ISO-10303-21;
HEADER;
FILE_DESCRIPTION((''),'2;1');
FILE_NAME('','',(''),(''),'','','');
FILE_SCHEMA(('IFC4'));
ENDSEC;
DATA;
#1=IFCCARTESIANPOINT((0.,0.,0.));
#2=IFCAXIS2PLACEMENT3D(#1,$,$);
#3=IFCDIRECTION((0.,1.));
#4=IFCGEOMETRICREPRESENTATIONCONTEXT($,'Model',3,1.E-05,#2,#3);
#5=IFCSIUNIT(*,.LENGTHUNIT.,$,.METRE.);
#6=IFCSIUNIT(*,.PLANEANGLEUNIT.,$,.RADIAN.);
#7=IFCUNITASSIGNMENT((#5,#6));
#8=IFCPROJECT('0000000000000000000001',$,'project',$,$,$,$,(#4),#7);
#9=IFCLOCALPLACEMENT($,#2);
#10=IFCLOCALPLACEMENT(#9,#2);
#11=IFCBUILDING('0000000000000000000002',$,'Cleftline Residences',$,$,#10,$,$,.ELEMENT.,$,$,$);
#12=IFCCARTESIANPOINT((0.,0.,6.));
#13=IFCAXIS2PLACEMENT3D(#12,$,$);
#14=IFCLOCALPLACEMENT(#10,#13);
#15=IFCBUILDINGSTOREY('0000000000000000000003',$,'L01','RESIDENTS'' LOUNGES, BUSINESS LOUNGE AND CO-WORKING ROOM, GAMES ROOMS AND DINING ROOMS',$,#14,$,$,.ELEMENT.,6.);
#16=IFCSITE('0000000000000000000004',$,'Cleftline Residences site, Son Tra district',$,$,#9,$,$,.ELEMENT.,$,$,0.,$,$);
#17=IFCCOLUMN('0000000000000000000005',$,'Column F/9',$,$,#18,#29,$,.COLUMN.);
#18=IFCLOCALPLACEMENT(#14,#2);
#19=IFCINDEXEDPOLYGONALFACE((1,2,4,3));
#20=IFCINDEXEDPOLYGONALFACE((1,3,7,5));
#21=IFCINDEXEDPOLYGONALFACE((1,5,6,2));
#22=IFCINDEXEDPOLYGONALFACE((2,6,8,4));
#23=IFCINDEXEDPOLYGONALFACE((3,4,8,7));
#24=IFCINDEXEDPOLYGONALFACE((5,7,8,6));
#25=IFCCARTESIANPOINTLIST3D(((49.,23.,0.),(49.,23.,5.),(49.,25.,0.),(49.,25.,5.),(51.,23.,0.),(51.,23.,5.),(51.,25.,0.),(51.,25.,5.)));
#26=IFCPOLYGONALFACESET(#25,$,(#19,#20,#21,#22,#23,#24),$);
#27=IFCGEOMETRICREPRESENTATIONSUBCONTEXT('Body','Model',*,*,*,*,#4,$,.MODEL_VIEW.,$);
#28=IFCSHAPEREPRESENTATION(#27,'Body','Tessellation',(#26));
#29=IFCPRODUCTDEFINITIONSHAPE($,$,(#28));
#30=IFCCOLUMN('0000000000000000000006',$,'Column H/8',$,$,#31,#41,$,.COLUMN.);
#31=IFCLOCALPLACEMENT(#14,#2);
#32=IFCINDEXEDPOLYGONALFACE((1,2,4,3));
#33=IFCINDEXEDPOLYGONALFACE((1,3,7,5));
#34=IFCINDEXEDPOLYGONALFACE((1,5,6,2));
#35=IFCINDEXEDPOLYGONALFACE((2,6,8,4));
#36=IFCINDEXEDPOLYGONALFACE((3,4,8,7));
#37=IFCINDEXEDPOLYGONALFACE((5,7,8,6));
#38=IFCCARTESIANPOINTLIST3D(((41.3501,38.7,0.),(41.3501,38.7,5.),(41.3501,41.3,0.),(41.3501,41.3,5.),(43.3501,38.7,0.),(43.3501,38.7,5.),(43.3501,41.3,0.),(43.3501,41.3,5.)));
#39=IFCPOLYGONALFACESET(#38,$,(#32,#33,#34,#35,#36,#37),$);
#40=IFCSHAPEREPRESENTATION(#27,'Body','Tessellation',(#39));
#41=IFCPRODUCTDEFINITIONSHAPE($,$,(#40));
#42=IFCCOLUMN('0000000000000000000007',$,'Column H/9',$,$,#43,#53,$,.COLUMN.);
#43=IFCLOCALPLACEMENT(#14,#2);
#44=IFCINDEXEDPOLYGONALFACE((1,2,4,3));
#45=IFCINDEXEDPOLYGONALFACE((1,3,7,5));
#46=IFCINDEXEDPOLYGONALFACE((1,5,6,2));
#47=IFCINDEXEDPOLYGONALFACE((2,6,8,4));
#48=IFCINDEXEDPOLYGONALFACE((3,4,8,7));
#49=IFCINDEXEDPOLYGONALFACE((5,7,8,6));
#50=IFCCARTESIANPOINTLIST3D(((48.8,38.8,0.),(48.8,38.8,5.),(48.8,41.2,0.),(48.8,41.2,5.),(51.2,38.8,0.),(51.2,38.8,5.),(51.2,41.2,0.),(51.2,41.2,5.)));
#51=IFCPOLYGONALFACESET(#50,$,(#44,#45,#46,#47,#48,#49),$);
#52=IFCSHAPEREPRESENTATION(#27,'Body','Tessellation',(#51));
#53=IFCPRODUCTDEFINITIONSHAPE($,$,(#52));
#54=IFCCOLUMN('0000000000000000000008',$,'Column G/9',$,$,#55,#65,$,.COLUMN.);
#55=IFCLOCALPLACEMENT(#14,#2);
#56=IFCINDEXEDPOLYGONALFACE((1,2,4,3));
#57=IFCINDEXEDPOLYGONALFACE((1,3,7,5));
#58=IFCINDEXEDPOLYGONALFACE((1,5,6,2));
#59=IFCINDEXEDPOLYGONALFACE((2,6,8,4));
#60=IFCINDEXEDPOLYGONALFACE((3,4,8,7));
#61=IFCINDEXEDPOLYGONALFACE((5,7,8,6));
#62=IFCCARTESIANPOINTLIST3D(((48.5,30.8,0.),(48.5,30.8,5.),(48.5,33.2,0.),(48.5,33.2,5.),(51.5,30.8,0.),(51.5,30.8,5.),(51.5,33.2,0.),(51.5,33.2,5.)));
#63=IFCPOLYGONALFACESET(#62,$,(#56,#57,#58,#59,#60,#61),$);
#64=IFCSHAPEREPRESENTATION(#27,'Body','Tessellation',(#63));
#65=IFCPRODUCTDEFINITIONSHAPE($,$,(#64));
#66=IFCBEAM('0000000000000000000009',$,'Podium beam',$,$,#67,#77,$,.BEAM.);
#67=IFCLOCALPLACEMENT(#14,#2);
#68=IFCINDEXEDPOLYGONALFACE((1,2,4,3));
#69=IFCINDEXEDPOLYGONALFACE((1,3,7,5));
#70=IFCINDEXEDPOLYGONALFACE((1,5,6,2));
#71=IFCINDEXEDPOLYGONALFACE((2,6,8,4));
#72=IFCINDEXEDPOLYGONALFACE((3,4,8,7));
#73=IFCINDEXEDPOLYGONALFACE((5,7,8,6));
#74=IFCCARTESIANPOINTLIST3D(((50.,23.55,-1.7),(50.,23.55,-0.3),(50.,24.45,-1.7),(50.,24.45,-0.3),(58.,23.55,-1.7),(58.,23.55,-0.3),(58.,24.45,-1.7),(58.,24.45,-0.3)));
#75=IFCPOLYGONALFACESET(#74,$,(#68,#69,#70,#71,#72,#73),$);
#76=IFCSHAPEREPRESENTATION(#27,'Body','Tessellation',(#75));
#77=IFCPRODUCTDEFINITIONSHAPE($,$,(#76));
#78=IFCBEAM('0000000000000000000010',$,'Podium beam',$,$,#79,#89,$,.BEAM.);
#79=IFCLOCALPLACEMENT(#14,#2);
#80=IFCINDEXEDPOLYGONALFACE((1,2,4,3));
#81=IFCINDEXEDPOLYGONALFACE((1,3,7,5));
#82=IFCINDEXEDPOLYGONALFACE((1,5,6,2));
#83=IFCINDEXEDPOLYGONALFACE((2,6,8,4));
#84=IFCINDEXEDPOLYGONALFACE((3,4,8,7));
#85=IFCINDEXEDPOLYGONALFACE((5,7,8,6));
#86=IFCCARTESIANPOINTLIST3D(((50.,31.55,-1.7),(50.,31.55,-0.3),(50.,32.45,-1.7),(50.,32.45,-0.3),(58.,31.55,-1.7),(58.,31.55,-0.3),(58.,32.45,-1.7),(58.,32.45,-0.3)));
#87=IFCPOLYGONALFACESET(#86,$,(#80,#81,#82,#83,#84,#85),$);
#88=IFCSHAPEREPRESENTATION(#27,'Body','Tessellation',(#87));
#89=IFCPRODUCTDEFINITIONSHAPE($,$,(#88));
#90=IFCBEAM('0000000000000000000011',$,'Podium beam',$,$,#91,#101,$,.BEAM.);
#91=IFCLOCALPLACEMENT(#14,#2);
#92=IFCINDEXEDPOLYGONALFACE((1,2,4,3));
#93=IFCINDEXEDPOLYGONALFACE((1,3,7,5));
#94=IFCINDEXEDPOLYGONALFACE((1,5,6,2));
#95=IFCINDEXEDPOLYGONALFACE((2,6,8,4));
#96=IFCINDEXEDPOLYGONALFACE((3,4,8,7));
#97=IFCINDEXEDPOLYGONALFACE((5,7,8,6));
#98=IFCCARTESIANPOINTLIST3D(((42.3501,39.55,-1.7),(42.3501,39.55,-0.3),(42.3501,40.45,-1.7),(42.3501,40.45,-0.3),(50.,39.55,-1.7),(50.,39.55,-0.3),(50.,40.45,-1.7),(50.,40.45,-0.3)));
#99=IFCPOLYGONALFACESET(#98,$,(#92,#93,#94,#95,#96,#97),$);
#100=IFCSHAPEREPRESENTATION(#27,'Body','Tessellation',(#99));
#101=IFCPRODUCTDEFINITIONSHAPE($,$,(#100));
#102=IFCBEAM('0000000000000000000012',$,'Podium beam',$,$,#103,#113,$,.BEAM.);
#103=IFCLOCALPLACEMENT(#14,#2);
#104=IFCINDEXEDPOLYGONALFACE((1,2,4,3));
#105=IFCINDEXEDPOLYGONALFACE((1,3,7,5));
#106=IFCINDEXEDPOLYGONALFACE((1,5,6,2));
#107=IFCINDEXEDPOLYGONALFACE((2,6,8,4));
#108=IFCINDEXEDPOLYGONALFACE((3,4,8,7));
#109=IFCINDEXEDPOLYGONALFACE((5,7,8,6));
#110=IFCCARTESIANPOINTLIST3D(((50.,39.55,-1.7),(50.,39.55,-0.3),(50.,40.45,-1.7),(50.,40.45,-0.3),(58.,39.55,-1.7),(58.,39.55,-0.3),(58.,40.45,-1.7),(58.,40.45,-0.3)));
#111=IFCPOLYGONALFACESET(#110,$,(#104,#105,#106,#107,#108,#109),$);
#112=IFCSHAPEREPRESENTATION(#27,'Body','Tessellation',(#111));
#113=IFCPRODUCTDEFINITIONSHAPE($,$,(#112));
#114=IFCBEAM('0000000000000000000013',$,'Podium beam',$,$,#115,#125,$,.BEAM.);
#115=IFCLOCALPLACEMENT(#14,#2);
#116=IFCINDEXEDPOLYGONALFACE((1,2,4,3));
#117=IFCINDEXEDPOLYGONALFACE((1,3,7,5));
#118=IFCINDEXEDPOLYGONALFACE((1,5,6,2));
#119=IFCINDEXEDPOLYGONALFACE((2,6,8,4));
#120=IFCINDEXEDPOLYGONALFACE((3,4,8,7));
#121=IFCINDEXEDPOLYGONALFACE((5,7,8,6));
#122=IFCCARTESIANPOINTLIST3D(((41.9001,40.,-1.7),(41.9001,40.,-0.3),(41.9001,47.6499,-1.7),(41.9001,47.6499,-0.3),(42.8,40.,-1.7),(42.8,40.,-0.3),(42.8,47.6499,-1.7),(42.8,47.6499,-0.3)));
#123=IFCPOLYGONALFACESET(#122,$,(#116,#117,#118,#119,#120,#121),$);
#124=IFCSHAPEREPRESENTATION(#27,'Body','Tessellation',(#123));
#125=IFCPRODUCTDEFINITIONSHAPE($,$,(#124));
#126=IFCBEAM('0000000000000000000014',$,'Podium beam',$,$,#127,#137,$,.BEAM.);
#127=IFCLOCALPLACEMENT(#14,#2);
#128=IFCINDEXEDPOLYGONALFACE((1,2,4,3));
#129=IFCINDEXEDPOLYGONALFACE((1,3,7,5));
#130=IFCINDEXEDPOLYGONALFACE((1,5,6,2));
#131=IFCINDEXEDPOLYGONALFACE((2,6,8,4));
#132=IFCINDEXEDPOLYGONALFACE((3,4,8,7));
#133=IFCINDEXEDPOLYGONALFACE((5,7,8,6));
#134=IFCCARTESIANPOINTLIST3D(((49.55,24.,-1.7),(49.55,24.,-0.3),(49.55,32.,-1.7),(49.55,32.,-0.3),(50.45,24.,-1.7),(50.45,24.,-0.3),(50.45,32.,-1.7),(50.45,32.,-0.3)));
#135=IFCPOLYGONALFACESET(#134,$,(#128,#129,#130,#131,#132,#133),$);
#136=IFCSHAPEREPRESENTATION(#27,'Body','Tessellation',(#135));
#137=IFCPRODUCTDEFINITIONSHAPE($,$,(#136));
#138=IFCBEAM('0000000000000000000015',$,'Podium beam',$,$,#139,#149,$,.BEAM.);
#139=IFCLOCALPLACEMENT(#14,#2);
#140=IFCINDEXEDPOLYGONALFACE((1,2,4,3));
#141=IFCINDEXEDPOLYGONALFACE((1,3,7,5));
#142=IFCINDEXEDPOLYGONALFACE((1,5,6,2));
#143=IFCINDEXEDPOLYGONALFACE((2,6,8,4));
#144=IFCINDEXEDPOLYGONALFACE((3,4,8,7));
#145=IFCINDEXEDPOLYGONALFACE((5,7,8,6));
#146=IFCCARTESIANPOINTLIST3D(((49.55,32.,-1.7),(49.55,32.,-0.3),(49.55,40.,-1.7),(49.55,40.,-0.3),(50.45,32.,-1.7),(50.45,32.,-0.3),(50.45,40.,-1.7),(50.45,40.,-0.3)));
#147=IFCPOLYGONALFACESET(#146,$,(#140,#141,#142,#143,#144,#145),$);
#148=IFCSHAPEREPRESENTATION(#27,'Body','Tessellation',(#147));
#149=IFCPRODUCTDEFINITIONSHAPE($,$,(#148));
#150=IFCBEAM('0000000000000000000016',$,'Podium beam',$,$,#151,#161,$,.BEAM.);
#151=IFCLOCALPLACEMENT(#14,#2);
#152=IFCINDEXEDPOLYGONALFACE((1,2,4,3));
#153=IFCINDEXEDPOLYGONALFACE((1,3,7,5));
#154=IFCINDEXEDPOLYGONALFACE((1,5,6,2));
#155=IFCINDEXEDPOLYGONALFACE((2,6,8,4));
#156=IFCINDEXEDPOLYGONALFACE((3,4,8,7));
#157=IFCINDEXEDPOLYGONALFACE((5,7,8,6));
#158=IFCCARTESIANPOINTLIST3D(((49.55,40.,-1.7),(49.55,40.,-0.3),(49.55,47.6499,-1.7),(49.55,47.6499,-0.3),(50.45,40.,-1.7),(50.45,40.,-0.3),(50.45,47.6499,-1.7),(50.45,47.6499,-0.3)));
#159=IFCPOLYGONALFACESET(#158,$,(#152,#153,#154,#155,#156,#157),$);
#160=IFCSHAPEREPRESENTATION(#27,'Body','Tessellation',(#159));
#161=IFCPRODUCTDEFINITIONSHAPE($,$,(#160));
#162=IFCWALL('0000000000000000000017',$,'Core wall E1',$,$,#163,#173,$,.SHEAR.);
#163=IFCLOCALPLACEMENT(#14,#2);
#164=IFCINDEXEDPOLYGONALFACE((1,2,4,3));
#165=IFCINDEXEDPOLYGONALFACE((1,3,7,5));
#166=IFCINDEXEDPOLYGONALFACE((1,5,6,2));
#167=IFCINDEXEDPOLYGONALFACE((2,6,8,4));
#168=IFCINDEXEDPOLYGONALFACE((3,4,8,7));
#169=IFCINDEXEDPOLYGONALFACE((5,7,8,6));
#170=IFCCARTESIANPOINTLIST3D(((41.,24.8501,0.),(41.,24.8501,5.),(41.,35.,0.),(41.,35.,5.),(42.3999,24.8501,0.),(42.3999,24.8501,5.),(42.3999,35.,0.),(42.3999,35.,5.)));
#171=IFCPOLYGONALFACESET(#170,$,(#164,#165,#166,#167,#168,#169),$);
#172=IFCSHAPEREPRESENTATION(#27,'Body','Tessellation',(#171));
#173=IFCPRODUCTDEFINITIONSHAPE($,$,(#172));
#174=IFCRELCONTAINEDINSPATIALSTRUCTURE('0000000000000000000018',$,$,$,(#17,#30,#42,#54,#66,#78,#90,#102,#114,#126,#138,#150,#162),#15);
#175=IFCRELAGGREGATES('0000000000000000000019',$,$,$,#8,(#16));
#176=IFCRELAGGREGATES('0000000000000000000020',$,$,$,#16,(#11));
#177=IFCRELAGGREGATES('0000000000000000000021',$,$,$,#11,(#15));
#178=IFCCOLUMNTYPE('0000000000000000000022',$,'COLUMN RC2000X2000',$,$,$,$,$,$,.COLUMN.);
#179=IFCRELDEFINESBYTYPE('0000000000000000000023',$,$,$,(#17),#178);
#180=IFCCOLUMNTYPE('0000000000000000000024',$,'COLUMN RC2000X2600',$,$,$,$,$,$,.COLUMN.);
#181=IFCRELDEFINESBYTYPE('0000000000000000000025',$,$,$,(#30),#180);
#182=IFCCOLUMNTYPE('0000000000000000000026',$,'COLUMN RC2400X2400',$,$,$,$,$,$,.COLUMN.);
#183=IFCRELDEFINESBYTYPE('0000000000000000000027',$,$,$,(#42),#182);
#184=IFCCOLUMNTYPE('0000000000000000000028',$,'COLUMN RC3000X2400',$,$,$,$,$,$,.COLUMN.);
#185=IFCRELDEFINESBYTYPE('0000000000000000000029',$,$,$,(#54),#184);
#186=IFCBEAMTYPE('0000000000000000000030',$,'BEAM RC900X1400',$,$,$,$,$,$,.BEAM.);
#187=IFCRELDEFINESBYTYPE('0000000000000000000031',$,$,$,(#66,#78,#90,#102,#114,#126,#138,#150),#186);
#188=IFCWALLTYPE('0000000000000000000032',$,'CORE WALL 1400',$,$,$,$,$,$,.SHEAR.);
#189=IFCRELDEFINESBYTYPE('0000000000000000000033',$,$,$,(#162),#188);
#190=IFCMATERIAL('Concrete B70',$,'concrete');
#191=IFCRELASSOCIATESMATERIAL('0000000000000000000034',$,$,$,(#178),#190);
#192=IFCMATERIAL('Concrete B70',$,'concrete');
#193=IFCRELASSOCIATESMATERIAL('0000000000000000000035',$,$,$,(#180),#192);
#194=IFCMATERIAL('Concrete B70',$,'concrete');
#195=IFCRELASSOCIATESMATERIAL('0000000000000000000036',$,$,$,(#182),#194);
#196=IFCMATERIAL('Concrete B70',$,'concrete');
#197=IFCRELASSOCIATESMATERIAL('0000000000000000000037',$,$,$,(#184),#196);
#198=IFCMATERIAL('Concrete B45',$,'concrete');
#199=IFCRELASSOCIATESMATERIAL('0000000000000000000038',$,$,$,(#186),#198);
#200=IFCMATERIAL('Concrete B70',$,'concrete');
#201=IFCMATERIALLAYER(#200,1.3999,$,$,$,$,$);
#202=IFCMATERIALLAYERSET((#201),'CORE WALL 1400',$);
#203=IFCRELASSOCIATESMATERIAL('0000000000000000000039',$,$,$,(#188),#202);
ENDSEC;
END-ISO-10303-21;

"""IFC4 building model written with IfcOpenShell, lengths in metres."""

from ifc_helpers import new_model, si_unit, direction, frame, frame_2d, origin, origin_2d, place, context, subcontext, project, spatial, rectangle, extrude, material, layer, layer_set, material_profile, profile_set, type_object, element, save


model = new_model("IFC4")

# Units and contexts
model_context = context("Model", 3, precision=1e-05, world=origin(), true_north=direction((0.0, 1.0)))
body_context = subcontext(model_context, "Body", "Model", "MODEL_VIEW")
ifc_project = project(units=[si_unit("LENGTHUNIT", "METRE"), si_unit("PLANEANGLEUNIT", "RADIAN")], contexts=[model_context])

# Site, building, storey
site_placement = place(None, origin())
site = spatial("IfcSite", under=ifc_project, at=site_placement, Name="Cleftline Residences site, Son Tra district", CompositionType="ELEMENT", RefElevation=0.0)
building_placement = place(site_placement, origin())
building = spatial("IfcBuilding", under=site, at=building_placement, Name="Cleftline Residences", CompositionType="ELEMENT")
storey_placement = place(building_placement, frame((0.0, 0.0, 6.0)))
storey = spatial("IfcBuildingStorey", under=building, at=storey_placement, Name="L01", Description="RESIDENTS' LOUNGES, BUSINESS LOUNGE AND CO-WORKING ROOM, GAMES ROOMS AND DINING ROOMS", CompositionType="ELEMENT", Elevation=6.0)

# Columns
ifc_material_1 = material(Name="Concrete B70", Category="concrete")
ifc_material_profile_1 = material_profile(ifc_material_1, rectangle(XDim=2.0, YDim=2.0, at=origin_2d()))
ifc_profile_set_1 = profile_set([ifc_material_profile_1], Name="Concrete B70")
column_type_1 = type_object("IfcColumnType", Name="COLUMN RC2000X2000", PredefinedType="COLUMN", material=ifc_profile_set_1)
column_1_placement = place(storey_placement, frame((50.0, 24.0, 0.0), z_axis=(0.0, 0.0, 1.0), x_axis=(1.0, 0.0, 0.0)))
element("IfcColumn", 1, at=column_1_placement, inside=storey, type_object=column_type_1, Name="Column F/9", PredefinedType="COLUMN", context=body_context, shape_type="SweptSolid", body=[
    extrude(rectangle(XDim=2.0, YDim=2.0, at=origin_2d()), origin(), (0.0, 0.0, 1.0), 5.0),
])
ifc_material_2 = material(Name="Concrete B70", Category="concrete")
ifc_material_profile_2 = material_profile(ifc_material_2, rectangle(XDim=2.0, YDim=2.6001, at=origin_2d()))
ifc_profile_set_2 = profile_set([ifc_material_profile_2], Name="Concrete B70")
column_type_2 = type_object("IfcColumnType", Name="COLUMN RC2000X2600", PredefinedType="COLUMN", material=ifc_profile_set_2)
column_2_placement = place(storey_placement, frame((42.3501, 40.0, 0.0), z_axis=(0.0, 0.0, 1.0), x_axis=(1.0, 0.0, 0.0)))
element("IfcColumn", 2, at=column_2_placement, inside=storey, type_object=column_type_2, Name="Column H/8", PredefinedType="COLUMN", context=body_context, shape_type="SweptSolid", body=[
    extrude(rectangle(XDim=2.0, YDim=2.6001, at=origin_2d()), origin(), (0.0, 0.0, 1.0), 5.0),
])
ifc_material_3 = material(Name="Concrete B70", Category="concrete")
ifc_material_profile_3 = material_profile(ifc_material_3, rectangle(XDim=2.3999, YDim=2.3999, at=origin_2d()))
ifc_profile_set_3 = profile_set([ifc_material_profile_3], Name="Concrete B70")
column_type_3 = type_object("IfcColumnType", Name="COLUMN RC2400X2400", PredefinedType="COLUMN", material=ifc_profile_set_3)
column_3_placement = place(storey_placement, frame((50.0, 40.0, 0.0), z_axis=(0.0, 0.0, 1.0), x_axis=(1.0, 0.0, 0.0)))
element("IfcColumn", 3, at=column_3_placement, inside=storey, type_object=column_type_3, Name="Column H/9", PredefinedType="COLUMN", context=body_context, shape_type="SweptSolid", body=[
    extrude(rectangle(XDim=2.3999, YDim=2.3999, at=origin_2d()), origin(), (0.0, 0.0, 1.0), 5.0),
])
ifc_material_4 = material(Name="Concrete B70", Category="concrete")
ifc_material_profile_4 = material_profile(ifc_material_4, rectangle(XDim=3.0, YDim=2.3999, at=origin_2d()))
ifc_profile_set_4 = profile_set([ifc_material_profile_4], Name="Concrete B70")
column_type_4 = type_object("IfcColumnType", Name="COLUMN RC3000X2400", PredefinedType="COLUMN", material=ifc_profile_set_4)
column_4_placement = place(storey_placement, frame((50.0, 32.0, 0.0), z_axis=(0.0, 0.0, 1.0), x_axis=(1.0, 0.0, 0.0)))
element("IfcColumn", 4, at=column_4_placement, inside=storey, type_object=column_type_4, Name="Column G/9", PredefinedType="COLUMN", context=body_context, shape_type="SweptSolid", body=[
    extrude(rectangle(XDim=3.0, YDim=2.3999, at=origin_2d()), origin(), (0.0, 0.0, 1.0), 5.0),
])

# Beams
ifc_material_5 = material(Name="Concrete B45", Category="concrete")
ifc_material_profile_5 = material_profile(ifc_material_5, rectangle(XDim=0.8999, YDim=1.3999, at=origin_2d()))
ifc_profile_set_5 = profile_set([ifc_material_profile_5], Name="Concrete B45")
beam_type = type_object("IfcBeamType", Name="BEAM RC900X1400", PredefinedType="BEAM", material=ifc_profile_set_5)
for number, where, z_axis, x_axis, name in (
    (5, (50.0, 24.0, -1.0), (1.0, 0.0, 0.0), (0.0, 1.0, 0.0), "Podium beam"),
    (6, (50.0, 32.0, -1.0), (1.0, 0.0, 0.0), (0.0, 1.0, 0.0), "Podium beam"),
):
    element("IfcBeam", number, at=place(storey_placement, frame(where, z_axis=z_axis, x_axis=x_axis)), inside=storey, type_object=beam_type, Name=name, PredefinedType="BEAM", context=body_context, shape_type="SweptSolid", body=[
        extrude(rectangle(XDim=0.8999, YDim=1.3999, at=origin_2d()), origin(), (0.0, 0.0, 1.0), 8.0),
    ])
beam_1_placement = place(storey_placement, frame((42.3501, 40.0, -1.0), z_axis=(1.0, 0.0, 0.0), x_axis=(0.0, 1.0, 0.0)))
element("IfcBeam", 7, at=beam_1_placement, inside=storey, type_object=beam_type, Name="Podium beam", PredefinedType="BEAM", context=body_context, shape_type="SweptSolid", body=[
    extrude(rectangle(XDim=0.8999, YDim=1.3999, at=origin_2d()), origin(), (0.0, 0.0, 1.0), 7.6499),
])
beam_2_placement = place(storey_placement, frame((50.0, 40.0, -1.0), z_axis=(1.0, 0.0, 0.0), x_axis=(0.0, 1.0, 0.0)))
element("IfcBeam", 8, at=beam_2_placement, inside=storey, type_object=beam_type, Name="Podium beam", PredefinedType="BEAM", context=body_context, shape_type="SweptSolid", body=[
    extrude(rectangle(XDim=0.8999, YDim=1.3999, at=origin_2d()), origin(), (0.0, 0.0, 1.0), 8.0),
])
beam_3_placement = place(storey_placement, frame((42.3501, 40.0, -1.0), z_axis=(0.0, 1.0, 0.0), x_axis=(-1.0, 0.0, 0.0)))
element("IfcBeam", 9, at=beam_3_placement, inside=storey, type_object=beam_type, Name="Podium beam", PredefinedType="BEAM", context=body_context, shape_type="SweptSolid", body=[
    extrude(rectangle(XDim=0.8999, YDim=1.3999, at=origin_2d()), origin(), (0.0, 0.0, 1.0), 7.6499),
])
for number, where, z_axis, x_axis, name in (
    (10, (50.0, 24.0, -1.0), (0.0, 1.0, 0.0), (-1.0, 0.0, 0.0), "Podium beam"),
    (11, (50.0, 32.0, -1.0), (0.0, 1.0, 0.0), (-1.0, 0.0, 0.0), "Podium beam"),
):
    element("IfcBeam", number, at=place(storey_placement, frame(where, z_axis=z_axis, x_axis=x_axis)), inside=storey, type_object=beam_type, Name=name, PredefinedType="BEAM", context=body_context, shape_type="SweptSolid", body=[
        extrude(rectangle(XDim=0.8999, YDim=1.3999, at=origin_2d()), origin(), (0.0, 0.0, 1.0), 8.0),
    ])
beam_4_placement = place(storey_placement, frame((50.0, 40.0, -1.0), z_axis=(0.0, 1.0, 0.0), x_axis=(-1.0, 0.0, 0.0)))
element("IfcBeam", 12, at=beam_4_placement, inside=storey, type_object=beam_type, Name="Podium beam", PredefinedType="BEAM", context=body_context, shape_type="SweptSolid", body=[
    extrude(rectangle(XDim=0.8999, YDim=1.3999, at=origin_2d()), origin(), (0.0, 0.0, 1.0), 7.6499),
])

# Wall
ifc_material_6 = material(Name="Concrete B70", Category="concrete")
ifc_layer_1 = layer(ifc_material_6, 1.3999)
ifc_layer_set_1 = layer_set([ifc_layer_1], Name="CORE WALL 1400")
wall_type_1 = type_object("IfcWallType", Name="CORE WALL 1400", PredefinedType="SHEAR", material=ifc_layer_set_1)
wall_1_placement = place(storey_placement, frame((41.7, 24.8501, 0.0), z_axis=(0.0, 0.0, 1.0), x_axis=(0.0, 1.0, 0.0)))
element("IfcWall", 13, at=wall_1_placement, inside=storey, type_object=wall_type_1, Name="Core wall E1", PredefinedType="SHEAR", context=body_context, shape_type="SweptSolid", body=[
    extrude(rectangle(XDim=10.1499, YDim=1.3999, at=frame_2d((5.075, 0.0))), origin(), (0.0, 0.0, 1.0), 5.0),
])

save(model, "model.ifc")
